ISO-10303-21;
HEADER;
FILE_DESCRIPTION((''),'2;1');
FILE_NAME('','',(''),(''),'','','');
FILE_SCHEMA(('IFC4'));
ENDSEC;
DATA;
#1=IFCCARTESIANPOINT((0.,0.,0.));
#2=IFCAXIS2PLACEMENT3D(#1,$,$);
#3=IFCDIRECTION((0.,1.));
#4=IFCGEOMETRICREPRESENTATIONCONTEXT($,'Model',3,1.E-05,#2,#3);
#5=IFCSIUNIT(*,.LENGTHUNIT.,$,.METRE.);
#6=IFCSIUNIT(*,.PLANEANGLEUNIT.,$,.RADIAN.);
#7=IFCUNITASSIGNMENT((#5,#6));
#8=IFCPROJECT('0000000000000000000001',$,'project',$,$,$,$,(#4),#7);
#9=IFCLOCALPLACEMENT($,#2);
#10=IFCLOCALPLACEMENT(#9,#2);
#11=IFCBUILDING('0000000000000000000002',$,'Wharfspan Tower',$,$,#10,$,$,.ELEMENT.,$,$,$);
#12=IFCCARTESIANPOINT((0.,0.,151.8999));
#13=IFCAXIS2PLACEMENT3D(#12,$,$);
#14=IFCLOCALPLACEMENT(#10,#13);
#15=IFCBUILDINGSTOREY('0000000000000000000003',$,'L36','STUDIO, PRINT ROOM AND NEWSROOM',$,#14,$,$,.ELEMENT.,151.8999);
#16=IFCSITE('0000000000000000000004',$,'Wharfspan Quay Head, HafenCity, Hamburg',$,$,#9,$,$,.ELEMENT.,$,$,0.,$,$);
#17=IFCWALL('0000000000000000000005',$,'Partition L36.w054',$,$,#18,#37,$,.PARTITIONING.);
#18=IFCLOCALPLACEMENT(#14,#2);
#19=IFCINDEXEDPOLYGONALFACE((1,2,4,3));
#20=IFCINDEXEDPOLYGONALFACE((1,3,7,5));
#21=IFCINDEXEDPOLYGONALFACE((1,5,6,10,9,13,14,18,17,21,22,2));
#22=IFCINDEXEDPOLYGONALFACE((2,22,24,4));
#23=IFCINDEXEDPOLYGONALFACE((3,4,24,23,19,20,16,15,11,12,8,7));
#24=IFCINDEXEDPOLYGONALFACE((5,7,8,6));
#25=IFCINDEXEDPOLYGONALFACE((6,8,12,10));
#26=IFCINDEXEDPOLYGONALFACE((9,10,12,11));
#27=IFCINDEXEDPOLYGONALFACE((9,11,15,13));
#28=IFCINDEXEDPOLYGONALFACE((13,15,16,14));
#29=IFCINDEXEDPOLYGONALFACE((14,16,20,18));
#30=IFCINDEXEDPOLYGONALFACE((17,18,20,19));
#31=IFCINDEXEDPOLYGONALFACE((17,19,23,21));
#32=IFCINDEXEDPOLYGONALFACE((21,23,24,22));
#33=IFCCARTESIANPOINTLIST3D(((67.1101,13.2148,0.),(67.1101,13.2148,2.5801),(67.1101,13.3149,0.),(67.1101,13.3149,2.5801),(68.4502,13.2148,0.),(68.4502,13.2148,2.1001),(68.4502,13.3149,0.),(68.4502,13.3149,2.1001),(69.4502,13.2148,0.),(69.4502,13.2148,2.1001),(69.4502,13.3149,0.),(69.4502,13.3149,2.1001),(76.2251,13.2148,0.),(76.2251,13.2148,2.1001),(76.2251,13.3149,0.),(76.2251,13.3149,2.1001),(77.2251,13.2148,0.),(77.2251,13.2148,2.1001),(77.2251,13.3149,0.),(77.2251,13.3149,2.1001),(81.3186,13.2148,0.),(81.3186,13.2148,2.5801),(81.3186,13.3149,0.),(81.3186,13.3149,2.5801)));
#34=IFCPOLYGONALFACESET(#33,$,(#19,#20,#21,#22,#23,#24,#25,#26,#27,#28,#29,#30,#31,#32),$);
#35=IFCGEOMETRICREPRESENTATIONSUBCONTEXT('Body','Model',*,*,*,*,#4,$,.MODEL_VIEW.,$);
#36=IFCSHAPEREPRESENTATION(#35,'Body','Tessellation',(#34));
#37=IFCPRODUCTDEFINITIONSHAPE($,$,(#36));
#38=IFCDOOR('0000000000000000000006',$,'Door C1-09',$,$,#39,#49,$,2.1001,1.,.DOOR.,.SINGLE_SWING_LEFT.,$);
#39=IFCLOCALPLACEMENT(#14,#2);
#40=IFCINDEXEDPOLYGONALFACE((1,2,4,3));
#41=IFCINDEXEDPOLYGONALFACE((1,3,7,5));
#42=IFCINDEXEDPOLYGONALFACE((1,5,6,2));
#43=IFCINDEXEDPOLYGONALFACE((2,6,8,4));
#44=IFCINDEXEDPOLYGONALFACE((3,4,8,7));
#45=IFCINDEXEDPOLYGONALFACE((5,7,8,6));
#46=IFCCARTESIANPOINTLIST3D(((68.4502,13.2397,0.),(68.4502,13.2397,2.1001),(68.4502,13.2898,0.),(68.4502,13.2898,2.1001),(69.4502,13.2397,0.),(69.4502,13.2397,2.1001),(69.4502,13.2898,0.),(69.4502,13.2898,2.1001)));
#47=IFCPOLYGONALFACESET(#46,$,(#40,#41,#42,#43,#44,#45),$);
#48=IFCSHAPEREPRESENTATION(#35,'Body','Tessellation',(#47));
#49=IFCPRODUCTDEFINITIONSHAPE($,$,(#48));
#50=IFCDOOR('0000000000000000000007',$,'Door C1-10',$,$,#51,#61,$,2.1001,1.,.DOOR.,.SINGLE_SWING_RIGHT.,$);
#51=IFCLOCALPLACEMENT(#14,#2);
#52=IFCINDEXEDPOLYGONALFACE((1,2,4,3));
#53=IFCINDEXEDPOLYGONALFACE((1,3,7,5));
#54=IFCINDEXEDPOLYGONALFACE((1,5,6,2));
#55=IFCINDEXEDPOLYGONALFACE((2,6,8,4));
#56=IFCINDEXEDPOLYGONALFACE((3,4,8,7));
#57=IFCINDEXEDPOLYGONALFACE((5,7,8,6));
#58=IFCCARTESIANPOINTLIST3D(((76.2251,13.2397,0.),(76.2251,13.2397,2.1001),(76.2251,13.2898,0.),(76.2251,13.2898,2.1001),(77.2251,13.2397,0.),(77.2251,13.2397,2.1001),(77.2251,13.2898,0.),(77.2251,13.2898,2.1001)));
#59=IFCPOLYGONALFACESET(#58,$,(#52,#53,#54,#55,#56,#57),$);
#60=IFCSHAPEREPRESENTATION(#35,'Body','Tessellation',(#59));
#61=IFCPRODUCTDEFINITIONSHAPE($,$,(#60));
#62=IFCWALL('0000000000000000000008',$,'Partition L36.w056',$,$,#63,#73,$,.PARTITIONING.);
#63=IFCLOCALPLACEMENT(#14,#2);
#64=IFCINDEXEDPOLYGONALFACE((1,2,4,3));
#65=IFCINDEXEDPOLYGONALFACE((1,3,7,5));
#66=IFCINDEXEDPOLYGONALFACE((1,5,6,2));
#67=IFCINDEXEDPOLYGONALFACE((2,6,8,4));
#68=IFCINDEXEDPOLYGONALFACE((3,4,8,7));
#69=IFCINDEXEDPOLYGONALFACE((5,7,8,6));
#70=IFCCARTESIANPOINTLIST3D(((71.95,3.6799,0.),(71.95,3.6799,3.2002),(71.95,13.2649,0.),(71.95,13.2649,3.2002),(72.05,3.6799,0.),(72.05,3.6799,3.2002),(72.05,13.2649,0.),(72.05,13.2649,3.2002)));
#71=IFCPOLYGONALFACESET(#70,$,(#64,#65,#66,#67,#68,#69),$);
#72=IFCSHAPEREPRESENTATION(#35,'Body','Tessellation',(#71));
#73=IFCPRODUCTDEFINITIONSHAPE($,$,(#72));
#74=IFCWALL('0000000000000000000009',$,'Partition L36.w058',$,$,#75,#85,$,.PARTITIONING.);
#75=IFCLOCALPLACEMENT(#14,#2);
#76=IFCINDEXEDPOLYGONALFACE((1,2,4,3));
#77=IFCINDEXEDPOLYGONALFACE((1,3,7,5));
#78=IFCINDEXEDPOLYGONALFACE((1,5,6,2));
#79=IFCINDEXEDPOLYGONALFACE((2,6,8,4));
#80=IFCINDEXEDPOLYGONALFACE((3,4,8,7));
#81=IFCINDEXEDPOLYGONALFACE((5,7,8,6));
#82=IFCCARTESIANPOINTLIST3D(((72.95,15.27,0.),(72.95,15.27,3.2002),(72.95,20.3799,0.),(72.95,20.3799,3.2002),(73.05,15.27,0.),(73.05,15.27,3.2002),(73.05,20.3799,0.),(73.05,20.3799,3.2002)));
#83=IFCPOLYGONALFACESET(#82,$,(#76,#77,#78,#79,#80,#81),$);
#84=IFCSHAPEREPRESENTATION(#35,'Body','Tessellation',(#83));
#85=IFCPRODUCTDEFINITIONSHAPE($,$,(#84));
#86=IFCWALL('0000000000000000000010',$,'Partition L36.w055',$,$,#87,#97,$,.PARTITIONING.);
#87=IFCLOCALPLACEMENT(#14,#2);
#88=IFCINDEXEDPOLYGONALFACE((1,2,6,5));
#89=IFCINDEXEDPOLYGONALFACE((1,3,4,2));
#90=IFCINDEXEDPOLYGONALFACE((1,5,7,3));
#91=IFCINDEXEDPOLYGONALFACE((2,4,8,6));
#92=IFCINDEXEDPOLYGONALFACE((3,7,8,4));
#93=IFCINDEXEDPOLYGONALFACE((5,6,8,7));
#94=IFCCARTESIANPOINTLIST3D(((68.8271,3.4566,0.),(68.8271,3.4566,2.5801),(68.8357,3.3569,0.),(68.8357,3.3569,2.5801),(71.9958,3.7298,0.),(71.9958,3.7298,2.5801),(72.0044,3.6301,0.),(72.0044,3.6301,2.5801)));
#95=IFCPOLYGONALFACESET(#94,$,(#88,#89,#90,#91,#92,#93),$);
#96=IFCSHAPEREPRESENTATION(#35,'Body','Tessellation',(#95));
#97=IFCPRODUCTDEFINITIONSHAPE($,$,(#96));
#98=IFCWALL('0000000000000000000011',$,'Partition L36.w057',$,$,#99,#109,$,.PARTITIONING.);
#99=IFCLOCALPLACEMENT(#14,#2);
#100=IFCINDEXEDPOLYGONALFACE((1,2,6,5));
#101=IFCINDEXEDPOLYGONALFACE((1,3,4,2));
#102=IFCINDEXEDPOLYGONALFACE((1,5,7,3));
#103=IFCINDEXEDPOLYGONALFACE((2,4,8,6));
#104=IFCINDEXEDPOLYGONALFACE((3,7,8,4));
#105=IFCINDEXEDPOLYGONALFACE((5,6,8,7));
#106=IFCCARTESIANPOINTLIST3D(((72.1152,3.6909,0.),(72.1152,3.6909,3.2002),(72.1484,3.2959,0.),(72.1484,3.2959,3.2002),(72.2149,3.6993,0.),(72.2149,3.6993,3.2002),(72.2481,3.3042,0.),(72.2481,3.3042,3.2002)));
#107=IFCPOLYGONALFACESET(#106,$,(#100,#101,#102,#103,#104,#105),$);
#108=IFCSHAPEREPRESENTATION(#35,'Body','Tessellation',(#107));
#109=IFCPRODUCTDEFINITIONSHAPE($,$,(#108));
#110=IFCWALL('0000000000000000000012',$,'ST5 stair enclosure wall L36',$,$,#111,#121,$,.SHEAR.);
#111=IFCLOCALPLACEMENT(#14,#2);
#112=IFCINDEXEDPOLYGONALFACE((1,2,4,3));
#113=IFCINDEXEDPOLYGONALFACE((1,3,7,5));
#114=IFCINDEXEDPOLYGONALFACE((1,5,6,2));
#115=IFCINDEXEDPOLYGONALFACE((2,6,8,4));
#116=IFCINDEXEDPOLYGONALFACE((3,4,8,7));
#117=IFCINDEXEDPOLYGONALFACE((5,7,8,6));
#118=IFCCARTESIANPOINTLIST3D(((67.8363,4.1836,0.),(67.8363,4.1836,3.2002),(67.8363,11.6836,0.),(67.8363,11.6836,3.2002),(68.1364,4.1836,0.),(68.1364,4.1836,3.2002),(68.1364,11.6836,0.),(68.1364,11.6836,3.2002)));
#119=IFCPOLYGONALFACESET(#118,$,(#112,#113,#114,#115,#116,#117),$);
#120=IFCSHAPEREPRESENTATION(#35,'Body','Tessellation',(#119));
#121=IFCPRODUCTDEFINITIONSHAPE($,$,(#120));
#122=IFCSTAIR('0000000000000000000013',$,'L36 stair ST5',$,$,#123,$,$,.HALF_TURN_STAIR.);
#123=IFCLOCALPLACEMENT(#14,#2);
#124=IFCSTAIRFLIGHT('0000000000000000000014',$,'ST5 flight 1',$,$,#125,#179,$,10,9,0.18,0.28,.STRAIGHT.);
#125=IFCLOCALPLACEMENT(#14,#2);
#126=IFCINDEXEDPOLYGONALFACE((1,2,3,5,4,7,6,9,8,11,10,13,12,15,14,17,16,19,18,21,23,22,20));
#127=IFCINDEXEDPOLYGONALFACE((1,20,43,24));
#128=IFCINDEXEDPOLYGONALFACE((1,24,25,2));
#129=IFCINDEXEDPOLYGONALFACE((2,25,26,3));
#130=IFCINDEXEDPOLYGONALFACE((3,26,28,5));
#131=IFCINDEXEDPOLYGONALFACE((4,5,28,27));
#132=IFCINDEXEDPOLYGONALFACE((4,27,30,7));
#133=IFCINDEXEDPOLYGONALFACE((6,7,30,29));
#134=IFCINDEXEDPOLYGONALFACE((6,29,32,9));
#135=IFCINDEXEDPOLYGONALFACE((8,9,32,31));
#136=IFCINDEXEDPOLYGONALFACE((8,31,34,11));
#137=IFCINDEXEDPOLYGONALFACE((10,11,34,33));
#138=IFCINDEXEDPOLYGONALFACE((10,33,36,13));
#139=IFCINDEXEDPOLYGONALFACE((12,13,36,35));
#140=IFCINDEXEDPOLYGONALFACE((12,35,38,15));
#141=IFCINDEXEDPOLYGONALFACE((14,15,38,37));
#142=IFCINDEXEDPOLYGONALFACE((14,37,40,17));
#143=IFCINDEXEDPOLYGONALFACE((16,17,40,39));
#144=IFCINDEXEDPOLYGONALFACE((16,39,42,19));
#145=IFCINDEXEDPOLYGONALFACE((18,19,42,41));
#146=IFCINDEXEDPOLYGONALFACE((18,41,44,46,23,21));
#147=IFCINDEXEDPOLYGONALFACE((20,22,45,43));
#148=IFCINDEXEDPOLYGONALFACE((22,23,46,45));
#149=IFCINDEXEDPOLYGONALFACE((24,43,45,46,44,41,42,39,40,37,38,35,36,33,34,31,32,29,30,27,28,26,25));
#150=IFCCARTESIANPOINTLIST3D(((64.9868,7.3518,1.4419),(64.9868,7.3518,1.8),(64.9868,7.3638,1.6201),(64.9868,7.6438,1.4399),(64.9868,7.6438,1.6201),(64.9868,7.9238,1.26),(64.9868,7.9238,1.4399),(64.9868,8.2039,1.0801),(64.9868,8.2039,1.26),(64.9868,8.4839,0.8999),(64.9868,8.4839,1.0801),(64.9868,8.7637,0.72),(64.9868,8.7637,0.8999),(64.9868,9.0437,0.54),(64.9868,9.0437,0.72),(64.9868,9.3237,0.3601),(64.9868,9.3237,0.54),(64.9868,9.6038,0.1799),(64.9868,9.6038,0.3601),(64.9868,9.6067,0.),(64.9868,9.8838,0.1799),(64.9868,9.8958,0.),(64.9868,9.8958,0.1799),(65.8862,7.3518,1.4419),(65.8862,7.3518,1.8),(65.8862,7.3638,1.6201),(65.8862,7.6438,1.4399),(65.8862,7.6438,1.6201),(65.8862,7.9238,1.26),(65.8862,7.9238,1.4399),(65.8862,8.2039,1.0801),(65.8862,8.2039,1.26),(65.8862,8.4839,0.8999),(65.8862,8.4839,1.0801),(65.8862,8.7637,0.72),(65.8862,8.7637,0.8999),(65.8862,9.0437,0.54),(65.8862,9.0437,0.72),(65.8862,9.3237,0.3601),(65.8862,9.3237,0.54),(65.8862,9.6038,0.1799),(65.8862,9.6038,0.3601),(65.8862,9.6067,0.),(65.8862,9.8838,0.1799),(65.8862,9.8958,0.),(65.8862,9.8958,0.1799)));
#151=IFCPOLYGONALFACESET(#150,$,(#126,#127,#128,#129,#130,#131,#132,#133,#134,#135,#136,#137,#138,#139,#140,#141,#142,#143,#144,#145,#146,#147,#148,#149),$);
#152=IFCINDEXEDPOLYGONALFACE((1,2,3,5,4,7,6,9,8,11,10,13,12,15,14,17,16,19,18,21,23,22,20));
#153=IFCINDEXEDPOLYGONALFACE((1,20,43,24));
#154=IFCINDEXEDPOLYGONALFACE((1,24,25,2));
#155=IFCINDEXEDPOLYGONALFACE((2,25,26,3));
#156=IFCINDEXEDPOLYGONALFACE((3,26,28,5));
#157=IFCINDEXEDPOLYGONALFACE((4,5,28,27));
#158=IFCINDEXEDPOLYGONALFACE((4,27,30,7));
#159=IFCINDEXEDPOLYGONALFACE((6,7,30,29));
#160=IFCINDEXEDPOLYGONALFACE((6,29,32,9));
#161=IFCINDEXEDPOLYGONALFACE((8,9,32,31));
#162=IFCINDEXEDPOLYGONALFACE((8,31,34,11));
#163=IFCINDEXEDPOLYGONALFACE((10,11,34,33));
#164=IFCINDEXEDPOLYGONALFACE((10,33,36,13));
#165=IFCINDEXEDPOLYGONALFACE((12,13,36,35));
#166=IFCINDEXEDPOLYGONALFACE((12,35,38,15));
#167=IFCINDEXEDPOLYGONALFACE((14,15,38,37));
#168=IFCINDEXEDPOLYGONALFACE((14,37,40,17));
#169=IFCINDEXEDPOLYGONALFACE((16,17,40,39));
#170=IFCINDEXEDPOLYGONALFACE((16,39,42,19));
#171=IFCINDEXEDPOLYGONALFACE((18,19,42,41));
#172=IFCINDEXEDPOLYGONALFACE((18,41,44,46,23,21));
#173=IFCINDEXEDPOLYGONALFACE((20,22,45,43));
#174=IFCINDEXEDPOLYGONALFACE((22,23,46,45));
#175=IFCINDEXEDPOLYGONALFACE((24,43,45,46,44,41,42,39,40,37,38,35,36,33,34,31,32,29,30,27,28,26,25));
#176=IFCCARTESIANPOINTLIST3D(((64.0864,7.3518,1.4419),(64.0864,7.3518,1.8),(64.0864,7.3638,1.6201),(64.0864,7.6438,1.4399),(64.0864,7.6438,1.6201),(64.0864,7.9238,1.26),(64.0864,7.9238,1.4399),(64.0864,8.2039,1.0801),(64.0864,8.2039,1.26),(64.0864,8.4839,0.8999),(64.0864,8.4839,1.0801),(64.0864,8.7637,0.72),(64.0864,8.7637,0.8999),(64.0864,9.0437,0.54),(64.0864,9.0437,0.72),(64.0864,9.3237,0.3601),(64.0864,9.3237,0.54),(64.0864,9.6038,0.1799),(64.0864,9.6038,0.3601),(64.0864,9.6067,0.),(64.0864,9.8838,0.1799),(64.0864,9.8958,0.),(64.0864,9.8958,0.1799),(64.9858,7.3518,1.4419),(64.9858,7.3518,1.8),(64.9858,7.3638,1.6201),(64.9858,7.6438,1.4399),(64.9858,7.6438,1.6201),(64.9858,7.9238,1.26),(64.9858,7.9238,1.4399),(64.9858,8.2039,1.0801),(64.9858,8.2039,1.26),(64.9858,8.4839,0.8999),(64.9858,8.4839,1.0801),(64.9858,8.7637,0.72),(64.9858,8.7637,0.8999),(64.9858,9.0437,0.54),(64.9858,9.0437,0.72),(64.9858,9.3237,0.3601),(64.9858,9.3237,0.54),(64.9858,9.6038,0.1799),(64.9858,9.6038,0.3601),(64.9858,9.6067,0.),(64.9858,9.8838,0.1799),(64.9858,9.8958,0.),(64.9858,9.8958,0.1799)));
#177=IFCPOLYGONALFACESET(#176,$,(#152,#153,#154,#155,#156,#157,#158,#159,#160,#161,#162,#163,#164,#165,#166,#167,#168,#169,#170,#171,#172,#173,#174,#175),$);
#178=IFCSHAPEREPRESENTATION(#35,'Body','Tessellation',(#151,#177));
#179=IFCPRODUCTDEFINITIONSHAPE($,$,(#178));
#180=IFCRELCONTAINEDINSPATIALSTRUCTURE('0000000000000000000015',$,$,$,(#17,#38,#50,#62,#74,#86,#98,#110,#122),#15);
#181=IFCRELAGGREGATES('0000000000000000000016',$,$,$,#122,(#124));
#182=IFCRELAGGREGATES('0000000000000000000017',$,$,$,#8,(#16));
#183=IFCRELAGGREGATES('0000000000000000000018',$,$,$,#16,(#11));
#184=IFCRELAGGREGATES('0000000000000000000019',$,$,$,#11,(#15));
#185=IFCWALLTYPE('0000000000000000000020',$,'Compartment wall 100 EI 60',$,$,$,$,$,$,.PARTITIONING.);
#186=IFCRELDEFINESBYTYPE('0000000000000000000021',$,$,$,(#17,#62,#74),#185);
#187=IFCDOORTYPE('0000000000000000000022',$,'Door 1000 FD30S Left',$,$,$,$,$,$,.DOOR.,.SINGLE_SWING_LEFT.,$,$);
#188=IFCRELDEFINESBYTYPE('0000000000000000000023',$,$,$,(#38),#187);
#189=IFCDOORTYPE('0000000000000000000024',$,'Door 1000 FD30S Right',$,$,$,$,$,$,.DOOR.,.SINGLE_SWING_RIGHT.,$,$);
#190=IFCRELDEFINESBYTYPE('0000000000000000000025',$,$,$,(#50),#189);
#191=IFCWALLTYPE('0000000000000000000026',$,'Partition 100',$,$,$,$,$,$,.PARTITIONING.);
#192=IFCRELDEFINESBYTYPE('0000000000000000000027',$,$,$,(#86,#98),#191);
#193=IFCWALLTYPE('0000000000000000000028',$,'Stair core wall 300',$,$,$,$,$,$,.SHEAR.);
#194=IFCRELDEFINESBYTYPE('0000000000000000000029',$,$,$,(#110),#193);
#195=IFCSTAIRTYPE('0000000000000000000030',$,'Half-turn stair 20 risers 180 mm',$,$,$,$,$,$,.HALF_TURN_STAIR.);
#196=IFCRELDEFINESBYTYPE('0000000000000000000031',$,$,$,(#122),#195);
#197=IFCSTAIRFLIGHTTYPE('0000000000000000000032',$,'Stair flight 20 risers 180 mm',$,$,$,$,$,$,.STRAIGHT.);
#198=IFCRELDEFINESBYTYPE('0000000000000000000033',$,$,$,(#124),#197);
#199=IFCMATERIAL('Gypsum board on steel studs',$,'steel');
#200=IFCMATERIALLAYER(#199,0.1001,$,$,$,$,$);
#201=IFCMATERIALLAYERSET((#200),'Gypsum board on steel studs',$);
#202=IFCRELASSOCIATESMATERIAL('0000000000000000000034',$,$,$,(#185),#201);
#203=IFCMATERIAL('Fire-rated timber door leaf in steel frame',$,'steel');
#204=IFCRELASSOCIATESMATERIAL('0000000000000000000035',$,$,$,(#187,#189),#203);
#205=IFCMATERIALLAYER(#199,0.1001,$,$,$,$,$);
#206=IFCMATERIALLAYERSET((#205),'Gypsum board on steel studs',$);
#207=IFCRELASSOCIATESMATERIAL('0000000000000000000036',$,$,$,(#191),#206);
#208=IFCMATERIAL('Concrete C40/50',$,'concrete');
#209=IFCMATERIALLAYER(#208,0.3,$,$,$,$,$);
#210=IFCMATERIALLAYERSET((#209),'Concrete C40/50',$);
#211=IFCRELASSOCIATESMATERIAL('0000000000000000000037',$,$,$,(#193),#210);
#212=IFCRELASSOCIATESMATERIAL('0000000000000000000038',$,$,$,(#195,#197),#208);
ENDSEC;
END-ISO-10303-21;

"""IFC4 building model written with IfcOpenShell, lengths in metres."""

from ifc_helpers import new_model, si_unit, direction, frame, frame_2d, origin, place, context, subcontext, project, spatial, polyline, rectangle, outline, extrude, material, layer, layer_set, type_object, element, fill, aggregate, save


model = new_model("IFC4")

# Units and contexts
model_context = context("Model", 3, precision=1e-05, world=origin(), true_north=direction((0.0, 1.0)))
body_context = subcontext(model_context, "Body", "Model", "MODEL_VIEW")
ifc_project = project(units=[si_unit("LENGTHUNIT", "METRE"), si_unit("PLANEANGLEUNIT", "RADIAN")], contexts=[model_context])

# Site, building, storey
site_placement = place(None, origin())
site = spatial("IfcSite", under=ifc_project, at=site_placement, Name="Wharfspan Quay Head, HafenCity, Hamburg", CompositionType="ELEMENT", RefElevation=0.0)
building_placement = place(site_placement, origin())
building = spatial("IfcBuilding", under=site, at=building_placement, Name="Wharfspan Tower", CompositionType="ELEMENT")
storey_placement = place(building_placement, frame((0.0, 0.0, 151.8999)))
storey = spatial("IfcBuildingStorey", under=building, at=storey_placement, Name="L36", Description="STUDIO, PRINT ROOM AND NEWSROOM", CompositionType="ELEMENT", Elevation=151.8999)

# Shared definitions
ifc_material_1 = material(Name="Gypsum board on steel studs", Category="steel")
ifc_layer_1 = layer(ifc_material_1, 0.1001)
ifc_layer_set_1 = layer_set([ifc_layer_1], Name="Gypsum board on steel studs")
wall_type_1 = type_object("IfcWallType", Name="Compartment wall 100 EI 60", PredefinedType="PARTITIONING", material=ifc_layer_set_1)

# Wall, openings, doors
wall_1_placement = place(storey_placement, frame((67.1101, 13.2649, 0.0), z_axis=(0.0, 0.0, 1.0), x_axis=(1.0, 0.0, 0.0)))
wall_1 = element("IfcWall", 1, at=wall_1_placement, inside=storey, type_object=wall_type_1, Name="Partition L36.w054", PredefinedType="PARTITIONING", context=body_context, shape_type="SweptSolid", body=[
    extrude(rectangle(XDim=14.2085, YDim=0.1001, at=frame_2d((7.1042, 0.0))), origin(), (0.0, 0.0, 1.0), 2.5801),
])
opening_1_placement = place(wall_1_placement, frame((1.3401, 0.0, 0.0)))
opening_1 = element("IfcOpeningElement", 2, at=opening_1_placement, cuts=wall_1, PredefinedType="OPENING", context=body_context, shape_type="SweptSolid", body=[
    extrude(rectangle(XDim=1.0, YDim=2.1001, at=frame_2d((0.5, 1.05))), frame((0.0, 0.0601, 0.0), z_axis=(0.0, -1.0, 0.0), x_axis=(1.0, 0.0, 0.0)), (0.0, 0.0, 1.0), 0.1201),
])
opening_2_placement = place(wall_1_placement, frame((9.115, 0.0, 0.0)))
opening_2 = element("IfcOpeningElement", 3, at=opening_2_placement, cuts=wall_1, PredefinedType="OPENING", context=body_context, shape_type="SweptSolid", body=[
    extrude(rectangle(XDim=1.0, YDim=2.1001, at=frame_2d((0.5, 1.05))), frame((0.0, 0.0601, 0.0), z_axis=(0.0, -1.0, 0.0), x_axis=(1.0, 0.0, 0.0)), (0.0, 0.0, 1.0), 0.1201),
])
ifc_material_2 = material(Name="Fire-rated timber door leaf in steel frame", Category="steel")
door_type_1 = type_object("IfcDoorType", Name="Door 1000 FD30S Left", OperationType="SINGLE_SWING_LEFT", PredefinedType="DOOR", material=ifc_material_2)
door_1_placement = place(opening_1_placement, origin())
door_1 = element("IfcDoor", 4, at=door_1_placement, inside=storey, type_object=door_type_1, Name="Door C1-09", OperationType="SINGLE_SWING_LEFT", OverallHeight=2.1001, OverallWidth=1.0, PredefinedType="DOOR", context=body_context, shape_type="SweptSolid", body=[
    extrude(rectangle(XDim=1.0, YDim=2.1001, at=frame_2d((0.5, 1.05))), frame((0.0, 0.0249, 0.0), z_axis=(0.0, -1.0, 0.0), x_axis=(1.0, 0.0, 0.0)), (0.0, 0.0, 1.0), 0.05),
])
fill(opening_1, door_1)
door_type_2 = type_object("IfcDoorType", Name="Door 1000 FD30S Right", OperationType="SINGLE_SWING_RIGHT", PredefinedType="DOOR", material=ifc_material_2)
door_2_placement = place(opening_2_placement, origin())
door_2 = element("IfcDoor", 5, at=door_2_placement, inside=storey, type_object=door_type_2, Name="Door C1-10", OperationType="SINGLE_SWING_RIGHT", OverallHeight=2.1001, OverallWidth=1.0, PredefinedType="DOOR", context=body_context, shape_type="SweptSolid", body=[
    extrude(rectangle(XDim=1.0, YDim=2.1001, at=frame_2d((0.5, 1.05))), frame((0.0, 0.0249, 0.0), z_axis=(0.0, -1.0, 0.0), x_axis=(1.0, 0.0, 0.0)), (0.0, 0.0, 1.0), 0.05),
])
fill(opening_2, door_2)

# Walls
wall_2_placement = place(storey_placement, frame((72.0, 3.6799, 0.0), z_axis=(0.0, 0.0, 1.0), x_axis=(0.0, 1.0, 0.0)))
element("IfcWall", 6, at=wall_2_placement, inside=storey, type_object=wall_type_1, Name="Partition L36.w056", PredefinedType="PARTITIONING", context=body_context, shape_type="SweptSolid", body=[
    extrude(rectangle(XDim=9.585, YDim=0.1001, at=frame_2d((4.7925, 0.0))), origin(), (0.0, 0.0, 1.0), 3.2002),
])
wall_3_placement = place(storey_placement, frame((73.0, 15.27, 0.0), z_axis=(0.0, 0.0, 1.0), x_axis=(0.0, 1.0, 0.0)))
element("IfcWall", 7, at=wall_3_placement, inside=storey, type_object=wall_type_1, Name="Partition L36.w058", PredefinedType="PARTITIONING", context=body_context, shape_type="SweptSolid", body=[
    extrude(rectangle(XDim=5.1099, YDim=0.1001, at=frame_2d((2.5549, 0.0))), origin(), (0.0, 0.0, 1.0), 3.2002),
])
ifc_layer_2 = layer(ifc_material_1, 0.1001)
ifc_layer_set_2 = layer_set([ifc_layer_2], Name="Gypsum board on steel studs")
wall_type_2 = type_object("IfcWallType", Name="Partition 100", PredefinedType="PARTITIONING", material=ifc_layer_set_2)
wall_4_placement = place(storey_placement, frame((68.8313, 3.4067, 0.0), z_axis=(0.0, 0.0, 1.0), x_axis=(0.996308, 0.085898, 0.0)))
element("IfcWall", 8, at=wall_4_placement, inside=storey, type_object=wall_type_2, Name="Partition L36.w055", PredefinedType="PARTITIONING", context=body_context, shape_type="SweptSolid", body=[
    extrude(rectangle(XDim=3.1804, YDim=0.1001, at=frame_2d((1.5903, 0.0))), origin(), (0.0, 0.0, 1.0), 2.5801),
])
wall_5_placement = place(storey_placement, frame((72.1982, 3.3, 0.0), z_axis=(0.0, 0.0, 1.0), x_axis=(-0.083759, 0.996486, 0.0)))
element("IfcWall", 9, at=wall_5_placement, inside=storey, type_object=wall_type_2, Name="Partition L36.w057", PredefinedType="PARTITIONING", context=body_context, shape_type="SweptSolid", body=[
    extrude(rectangle(XDim=0.3965, YDim=0.1001, at=frame_2d((0.1982, 0.0))), origin(), (0.0, 0.0, 1.0), 3.2002),
])
ifc_material_3 = material(Name="Concrete C40/50", Category="concrete")
ifc_layer_3 = layer(ifc_material_3, 0.3)
ifc_layer_set_3 = layer_set([ifc_layer_3], Name="Concrete C40/50")
wall_type_3 = type_object("IfcWallType", Name="Stair core wall 300", PredefinedType="SHEAR", material=ifc_layer_set_3)
wall_6_placement = place(storey_placement, frame((67.9863, 4.1836, 0.0), z_axis=(0.0, 0.0, 1.0), x_axis=(0.0, 1.0, 0.0)))
element("IfcWall", 10, at=wall_6_placement, inside=storey, type_object=wall_type_3, Name="ST5 stair enclosure wall L36", PredefinedType="SHEAR", context=body_context, shape_type="SweptSolid", body=[
    extrude(rectangle(XDim=7.5, YDim=0.3, at=frame_2d((3.75, 0.0))), origin(), (0.0, 0.0, 1.0), 3.2002),
])

# Stair, stair flight
stair_type = type_object("IfcStairType", Name="Half-turn stair 20 risers 180 mm", PredefinedType="HALF_TURN_STAIR", material=ifc_material_3)
stair_placement = place(storey_placement, origin())
stair = element("IfcStair", 11, at=stair_placement, inside=storey, type_object=stair_type, Name="L36 stair ST5", PredefinedType="HALF_TURN_STAIR")
stair_flight_type = type_object("IfcStairFlightType", Name="Stair flight 20 risers 180 mm", PredefinedType="STRAIGHT", material=ifc_material_3)
stair_flight_1_placement = place(storey_placement, frame((64.9863, 9.8838, 0.0), z_axis=(0.0, 0.0, 1.0), x_axis=(0.0, -1.0, 0.0)))
stair_flight_1 = element("IfcStairFlight", 12, at=stair_flight_1_placement, type_object=stair_flight_type, Name="ST5 flight 1", NumberOfRisers=10, NumberOfTreads=9, PredefinedType="STRAIGHT", RiserHeight=0.18, TreadLength=0.28, context=body_context, shape_type="SweptSolid", body=[
    extrude(outline(polyline([(-0.012, 0.0), (-0.012, 0.1799), (0.0, 0.1799), (0.28, 0.1799), (0.28, 0.3601), (0.5601, 0.3601), (0.5601, 0.54), (0.8401, 0.54), (0.8401, 0.72), (1.1201, 0.72), (1.1201, 0.8999), (1.3999, 0.8999), (1.3999, 1.0801), (1.6799, 1.0801), (1.6799, 1.26), (1.96, 1.26), (1.96, 1.4399), (2.24, 1.4399), (2.24, 1.6201), (2.52, 1.6201), (2.532, 1.8), (2.532, 1.4419), (0.2771, 0.0), (-0.012, 0.0)])), frame((0.0, 0.8999, 0.0), z_axis=(0.0, -1.0, 0.0), x_axis=(1.0, 0.0, 0.0)), (0.0, 0.0, 1.0), 0.8994),
    extrude(outline(polyline([(-0.012, 0.0), (-0.012, 0.1799), (0.0, 0.1799), (0.28, 0.1799), (0.28, 0.3601), (0.5601, 0.3601), (0.5601, 0.54), (0.8401, 0.54), (0.8401, 0.72), (1.1201, 0.72), (1.1201, 0.8999), (1.3999, 0.8999), (1.3999, 1.0801), (1.6799, 1.0801), (1.6799, 1.26), (1.96, 1.26), (1.96, 1.4399), (2.24, 1.4399), (2.24, 1.6201), (2.52, 1.6201), (2.532, 1.8), (2.532, 1.4419), (0.2771, 0.0), (-0.012, 0.0)])), frame((0.0, -0.0005, 0.0), z_axis=(0.0, -1.0, 0.0), x_axis=(1.0, 0.0, 0.0)), (0.0, 0.0, 1.0), 0.8994),
])
aggregate(stair, [stair_flight_1])

save(model, "model.ifc")
